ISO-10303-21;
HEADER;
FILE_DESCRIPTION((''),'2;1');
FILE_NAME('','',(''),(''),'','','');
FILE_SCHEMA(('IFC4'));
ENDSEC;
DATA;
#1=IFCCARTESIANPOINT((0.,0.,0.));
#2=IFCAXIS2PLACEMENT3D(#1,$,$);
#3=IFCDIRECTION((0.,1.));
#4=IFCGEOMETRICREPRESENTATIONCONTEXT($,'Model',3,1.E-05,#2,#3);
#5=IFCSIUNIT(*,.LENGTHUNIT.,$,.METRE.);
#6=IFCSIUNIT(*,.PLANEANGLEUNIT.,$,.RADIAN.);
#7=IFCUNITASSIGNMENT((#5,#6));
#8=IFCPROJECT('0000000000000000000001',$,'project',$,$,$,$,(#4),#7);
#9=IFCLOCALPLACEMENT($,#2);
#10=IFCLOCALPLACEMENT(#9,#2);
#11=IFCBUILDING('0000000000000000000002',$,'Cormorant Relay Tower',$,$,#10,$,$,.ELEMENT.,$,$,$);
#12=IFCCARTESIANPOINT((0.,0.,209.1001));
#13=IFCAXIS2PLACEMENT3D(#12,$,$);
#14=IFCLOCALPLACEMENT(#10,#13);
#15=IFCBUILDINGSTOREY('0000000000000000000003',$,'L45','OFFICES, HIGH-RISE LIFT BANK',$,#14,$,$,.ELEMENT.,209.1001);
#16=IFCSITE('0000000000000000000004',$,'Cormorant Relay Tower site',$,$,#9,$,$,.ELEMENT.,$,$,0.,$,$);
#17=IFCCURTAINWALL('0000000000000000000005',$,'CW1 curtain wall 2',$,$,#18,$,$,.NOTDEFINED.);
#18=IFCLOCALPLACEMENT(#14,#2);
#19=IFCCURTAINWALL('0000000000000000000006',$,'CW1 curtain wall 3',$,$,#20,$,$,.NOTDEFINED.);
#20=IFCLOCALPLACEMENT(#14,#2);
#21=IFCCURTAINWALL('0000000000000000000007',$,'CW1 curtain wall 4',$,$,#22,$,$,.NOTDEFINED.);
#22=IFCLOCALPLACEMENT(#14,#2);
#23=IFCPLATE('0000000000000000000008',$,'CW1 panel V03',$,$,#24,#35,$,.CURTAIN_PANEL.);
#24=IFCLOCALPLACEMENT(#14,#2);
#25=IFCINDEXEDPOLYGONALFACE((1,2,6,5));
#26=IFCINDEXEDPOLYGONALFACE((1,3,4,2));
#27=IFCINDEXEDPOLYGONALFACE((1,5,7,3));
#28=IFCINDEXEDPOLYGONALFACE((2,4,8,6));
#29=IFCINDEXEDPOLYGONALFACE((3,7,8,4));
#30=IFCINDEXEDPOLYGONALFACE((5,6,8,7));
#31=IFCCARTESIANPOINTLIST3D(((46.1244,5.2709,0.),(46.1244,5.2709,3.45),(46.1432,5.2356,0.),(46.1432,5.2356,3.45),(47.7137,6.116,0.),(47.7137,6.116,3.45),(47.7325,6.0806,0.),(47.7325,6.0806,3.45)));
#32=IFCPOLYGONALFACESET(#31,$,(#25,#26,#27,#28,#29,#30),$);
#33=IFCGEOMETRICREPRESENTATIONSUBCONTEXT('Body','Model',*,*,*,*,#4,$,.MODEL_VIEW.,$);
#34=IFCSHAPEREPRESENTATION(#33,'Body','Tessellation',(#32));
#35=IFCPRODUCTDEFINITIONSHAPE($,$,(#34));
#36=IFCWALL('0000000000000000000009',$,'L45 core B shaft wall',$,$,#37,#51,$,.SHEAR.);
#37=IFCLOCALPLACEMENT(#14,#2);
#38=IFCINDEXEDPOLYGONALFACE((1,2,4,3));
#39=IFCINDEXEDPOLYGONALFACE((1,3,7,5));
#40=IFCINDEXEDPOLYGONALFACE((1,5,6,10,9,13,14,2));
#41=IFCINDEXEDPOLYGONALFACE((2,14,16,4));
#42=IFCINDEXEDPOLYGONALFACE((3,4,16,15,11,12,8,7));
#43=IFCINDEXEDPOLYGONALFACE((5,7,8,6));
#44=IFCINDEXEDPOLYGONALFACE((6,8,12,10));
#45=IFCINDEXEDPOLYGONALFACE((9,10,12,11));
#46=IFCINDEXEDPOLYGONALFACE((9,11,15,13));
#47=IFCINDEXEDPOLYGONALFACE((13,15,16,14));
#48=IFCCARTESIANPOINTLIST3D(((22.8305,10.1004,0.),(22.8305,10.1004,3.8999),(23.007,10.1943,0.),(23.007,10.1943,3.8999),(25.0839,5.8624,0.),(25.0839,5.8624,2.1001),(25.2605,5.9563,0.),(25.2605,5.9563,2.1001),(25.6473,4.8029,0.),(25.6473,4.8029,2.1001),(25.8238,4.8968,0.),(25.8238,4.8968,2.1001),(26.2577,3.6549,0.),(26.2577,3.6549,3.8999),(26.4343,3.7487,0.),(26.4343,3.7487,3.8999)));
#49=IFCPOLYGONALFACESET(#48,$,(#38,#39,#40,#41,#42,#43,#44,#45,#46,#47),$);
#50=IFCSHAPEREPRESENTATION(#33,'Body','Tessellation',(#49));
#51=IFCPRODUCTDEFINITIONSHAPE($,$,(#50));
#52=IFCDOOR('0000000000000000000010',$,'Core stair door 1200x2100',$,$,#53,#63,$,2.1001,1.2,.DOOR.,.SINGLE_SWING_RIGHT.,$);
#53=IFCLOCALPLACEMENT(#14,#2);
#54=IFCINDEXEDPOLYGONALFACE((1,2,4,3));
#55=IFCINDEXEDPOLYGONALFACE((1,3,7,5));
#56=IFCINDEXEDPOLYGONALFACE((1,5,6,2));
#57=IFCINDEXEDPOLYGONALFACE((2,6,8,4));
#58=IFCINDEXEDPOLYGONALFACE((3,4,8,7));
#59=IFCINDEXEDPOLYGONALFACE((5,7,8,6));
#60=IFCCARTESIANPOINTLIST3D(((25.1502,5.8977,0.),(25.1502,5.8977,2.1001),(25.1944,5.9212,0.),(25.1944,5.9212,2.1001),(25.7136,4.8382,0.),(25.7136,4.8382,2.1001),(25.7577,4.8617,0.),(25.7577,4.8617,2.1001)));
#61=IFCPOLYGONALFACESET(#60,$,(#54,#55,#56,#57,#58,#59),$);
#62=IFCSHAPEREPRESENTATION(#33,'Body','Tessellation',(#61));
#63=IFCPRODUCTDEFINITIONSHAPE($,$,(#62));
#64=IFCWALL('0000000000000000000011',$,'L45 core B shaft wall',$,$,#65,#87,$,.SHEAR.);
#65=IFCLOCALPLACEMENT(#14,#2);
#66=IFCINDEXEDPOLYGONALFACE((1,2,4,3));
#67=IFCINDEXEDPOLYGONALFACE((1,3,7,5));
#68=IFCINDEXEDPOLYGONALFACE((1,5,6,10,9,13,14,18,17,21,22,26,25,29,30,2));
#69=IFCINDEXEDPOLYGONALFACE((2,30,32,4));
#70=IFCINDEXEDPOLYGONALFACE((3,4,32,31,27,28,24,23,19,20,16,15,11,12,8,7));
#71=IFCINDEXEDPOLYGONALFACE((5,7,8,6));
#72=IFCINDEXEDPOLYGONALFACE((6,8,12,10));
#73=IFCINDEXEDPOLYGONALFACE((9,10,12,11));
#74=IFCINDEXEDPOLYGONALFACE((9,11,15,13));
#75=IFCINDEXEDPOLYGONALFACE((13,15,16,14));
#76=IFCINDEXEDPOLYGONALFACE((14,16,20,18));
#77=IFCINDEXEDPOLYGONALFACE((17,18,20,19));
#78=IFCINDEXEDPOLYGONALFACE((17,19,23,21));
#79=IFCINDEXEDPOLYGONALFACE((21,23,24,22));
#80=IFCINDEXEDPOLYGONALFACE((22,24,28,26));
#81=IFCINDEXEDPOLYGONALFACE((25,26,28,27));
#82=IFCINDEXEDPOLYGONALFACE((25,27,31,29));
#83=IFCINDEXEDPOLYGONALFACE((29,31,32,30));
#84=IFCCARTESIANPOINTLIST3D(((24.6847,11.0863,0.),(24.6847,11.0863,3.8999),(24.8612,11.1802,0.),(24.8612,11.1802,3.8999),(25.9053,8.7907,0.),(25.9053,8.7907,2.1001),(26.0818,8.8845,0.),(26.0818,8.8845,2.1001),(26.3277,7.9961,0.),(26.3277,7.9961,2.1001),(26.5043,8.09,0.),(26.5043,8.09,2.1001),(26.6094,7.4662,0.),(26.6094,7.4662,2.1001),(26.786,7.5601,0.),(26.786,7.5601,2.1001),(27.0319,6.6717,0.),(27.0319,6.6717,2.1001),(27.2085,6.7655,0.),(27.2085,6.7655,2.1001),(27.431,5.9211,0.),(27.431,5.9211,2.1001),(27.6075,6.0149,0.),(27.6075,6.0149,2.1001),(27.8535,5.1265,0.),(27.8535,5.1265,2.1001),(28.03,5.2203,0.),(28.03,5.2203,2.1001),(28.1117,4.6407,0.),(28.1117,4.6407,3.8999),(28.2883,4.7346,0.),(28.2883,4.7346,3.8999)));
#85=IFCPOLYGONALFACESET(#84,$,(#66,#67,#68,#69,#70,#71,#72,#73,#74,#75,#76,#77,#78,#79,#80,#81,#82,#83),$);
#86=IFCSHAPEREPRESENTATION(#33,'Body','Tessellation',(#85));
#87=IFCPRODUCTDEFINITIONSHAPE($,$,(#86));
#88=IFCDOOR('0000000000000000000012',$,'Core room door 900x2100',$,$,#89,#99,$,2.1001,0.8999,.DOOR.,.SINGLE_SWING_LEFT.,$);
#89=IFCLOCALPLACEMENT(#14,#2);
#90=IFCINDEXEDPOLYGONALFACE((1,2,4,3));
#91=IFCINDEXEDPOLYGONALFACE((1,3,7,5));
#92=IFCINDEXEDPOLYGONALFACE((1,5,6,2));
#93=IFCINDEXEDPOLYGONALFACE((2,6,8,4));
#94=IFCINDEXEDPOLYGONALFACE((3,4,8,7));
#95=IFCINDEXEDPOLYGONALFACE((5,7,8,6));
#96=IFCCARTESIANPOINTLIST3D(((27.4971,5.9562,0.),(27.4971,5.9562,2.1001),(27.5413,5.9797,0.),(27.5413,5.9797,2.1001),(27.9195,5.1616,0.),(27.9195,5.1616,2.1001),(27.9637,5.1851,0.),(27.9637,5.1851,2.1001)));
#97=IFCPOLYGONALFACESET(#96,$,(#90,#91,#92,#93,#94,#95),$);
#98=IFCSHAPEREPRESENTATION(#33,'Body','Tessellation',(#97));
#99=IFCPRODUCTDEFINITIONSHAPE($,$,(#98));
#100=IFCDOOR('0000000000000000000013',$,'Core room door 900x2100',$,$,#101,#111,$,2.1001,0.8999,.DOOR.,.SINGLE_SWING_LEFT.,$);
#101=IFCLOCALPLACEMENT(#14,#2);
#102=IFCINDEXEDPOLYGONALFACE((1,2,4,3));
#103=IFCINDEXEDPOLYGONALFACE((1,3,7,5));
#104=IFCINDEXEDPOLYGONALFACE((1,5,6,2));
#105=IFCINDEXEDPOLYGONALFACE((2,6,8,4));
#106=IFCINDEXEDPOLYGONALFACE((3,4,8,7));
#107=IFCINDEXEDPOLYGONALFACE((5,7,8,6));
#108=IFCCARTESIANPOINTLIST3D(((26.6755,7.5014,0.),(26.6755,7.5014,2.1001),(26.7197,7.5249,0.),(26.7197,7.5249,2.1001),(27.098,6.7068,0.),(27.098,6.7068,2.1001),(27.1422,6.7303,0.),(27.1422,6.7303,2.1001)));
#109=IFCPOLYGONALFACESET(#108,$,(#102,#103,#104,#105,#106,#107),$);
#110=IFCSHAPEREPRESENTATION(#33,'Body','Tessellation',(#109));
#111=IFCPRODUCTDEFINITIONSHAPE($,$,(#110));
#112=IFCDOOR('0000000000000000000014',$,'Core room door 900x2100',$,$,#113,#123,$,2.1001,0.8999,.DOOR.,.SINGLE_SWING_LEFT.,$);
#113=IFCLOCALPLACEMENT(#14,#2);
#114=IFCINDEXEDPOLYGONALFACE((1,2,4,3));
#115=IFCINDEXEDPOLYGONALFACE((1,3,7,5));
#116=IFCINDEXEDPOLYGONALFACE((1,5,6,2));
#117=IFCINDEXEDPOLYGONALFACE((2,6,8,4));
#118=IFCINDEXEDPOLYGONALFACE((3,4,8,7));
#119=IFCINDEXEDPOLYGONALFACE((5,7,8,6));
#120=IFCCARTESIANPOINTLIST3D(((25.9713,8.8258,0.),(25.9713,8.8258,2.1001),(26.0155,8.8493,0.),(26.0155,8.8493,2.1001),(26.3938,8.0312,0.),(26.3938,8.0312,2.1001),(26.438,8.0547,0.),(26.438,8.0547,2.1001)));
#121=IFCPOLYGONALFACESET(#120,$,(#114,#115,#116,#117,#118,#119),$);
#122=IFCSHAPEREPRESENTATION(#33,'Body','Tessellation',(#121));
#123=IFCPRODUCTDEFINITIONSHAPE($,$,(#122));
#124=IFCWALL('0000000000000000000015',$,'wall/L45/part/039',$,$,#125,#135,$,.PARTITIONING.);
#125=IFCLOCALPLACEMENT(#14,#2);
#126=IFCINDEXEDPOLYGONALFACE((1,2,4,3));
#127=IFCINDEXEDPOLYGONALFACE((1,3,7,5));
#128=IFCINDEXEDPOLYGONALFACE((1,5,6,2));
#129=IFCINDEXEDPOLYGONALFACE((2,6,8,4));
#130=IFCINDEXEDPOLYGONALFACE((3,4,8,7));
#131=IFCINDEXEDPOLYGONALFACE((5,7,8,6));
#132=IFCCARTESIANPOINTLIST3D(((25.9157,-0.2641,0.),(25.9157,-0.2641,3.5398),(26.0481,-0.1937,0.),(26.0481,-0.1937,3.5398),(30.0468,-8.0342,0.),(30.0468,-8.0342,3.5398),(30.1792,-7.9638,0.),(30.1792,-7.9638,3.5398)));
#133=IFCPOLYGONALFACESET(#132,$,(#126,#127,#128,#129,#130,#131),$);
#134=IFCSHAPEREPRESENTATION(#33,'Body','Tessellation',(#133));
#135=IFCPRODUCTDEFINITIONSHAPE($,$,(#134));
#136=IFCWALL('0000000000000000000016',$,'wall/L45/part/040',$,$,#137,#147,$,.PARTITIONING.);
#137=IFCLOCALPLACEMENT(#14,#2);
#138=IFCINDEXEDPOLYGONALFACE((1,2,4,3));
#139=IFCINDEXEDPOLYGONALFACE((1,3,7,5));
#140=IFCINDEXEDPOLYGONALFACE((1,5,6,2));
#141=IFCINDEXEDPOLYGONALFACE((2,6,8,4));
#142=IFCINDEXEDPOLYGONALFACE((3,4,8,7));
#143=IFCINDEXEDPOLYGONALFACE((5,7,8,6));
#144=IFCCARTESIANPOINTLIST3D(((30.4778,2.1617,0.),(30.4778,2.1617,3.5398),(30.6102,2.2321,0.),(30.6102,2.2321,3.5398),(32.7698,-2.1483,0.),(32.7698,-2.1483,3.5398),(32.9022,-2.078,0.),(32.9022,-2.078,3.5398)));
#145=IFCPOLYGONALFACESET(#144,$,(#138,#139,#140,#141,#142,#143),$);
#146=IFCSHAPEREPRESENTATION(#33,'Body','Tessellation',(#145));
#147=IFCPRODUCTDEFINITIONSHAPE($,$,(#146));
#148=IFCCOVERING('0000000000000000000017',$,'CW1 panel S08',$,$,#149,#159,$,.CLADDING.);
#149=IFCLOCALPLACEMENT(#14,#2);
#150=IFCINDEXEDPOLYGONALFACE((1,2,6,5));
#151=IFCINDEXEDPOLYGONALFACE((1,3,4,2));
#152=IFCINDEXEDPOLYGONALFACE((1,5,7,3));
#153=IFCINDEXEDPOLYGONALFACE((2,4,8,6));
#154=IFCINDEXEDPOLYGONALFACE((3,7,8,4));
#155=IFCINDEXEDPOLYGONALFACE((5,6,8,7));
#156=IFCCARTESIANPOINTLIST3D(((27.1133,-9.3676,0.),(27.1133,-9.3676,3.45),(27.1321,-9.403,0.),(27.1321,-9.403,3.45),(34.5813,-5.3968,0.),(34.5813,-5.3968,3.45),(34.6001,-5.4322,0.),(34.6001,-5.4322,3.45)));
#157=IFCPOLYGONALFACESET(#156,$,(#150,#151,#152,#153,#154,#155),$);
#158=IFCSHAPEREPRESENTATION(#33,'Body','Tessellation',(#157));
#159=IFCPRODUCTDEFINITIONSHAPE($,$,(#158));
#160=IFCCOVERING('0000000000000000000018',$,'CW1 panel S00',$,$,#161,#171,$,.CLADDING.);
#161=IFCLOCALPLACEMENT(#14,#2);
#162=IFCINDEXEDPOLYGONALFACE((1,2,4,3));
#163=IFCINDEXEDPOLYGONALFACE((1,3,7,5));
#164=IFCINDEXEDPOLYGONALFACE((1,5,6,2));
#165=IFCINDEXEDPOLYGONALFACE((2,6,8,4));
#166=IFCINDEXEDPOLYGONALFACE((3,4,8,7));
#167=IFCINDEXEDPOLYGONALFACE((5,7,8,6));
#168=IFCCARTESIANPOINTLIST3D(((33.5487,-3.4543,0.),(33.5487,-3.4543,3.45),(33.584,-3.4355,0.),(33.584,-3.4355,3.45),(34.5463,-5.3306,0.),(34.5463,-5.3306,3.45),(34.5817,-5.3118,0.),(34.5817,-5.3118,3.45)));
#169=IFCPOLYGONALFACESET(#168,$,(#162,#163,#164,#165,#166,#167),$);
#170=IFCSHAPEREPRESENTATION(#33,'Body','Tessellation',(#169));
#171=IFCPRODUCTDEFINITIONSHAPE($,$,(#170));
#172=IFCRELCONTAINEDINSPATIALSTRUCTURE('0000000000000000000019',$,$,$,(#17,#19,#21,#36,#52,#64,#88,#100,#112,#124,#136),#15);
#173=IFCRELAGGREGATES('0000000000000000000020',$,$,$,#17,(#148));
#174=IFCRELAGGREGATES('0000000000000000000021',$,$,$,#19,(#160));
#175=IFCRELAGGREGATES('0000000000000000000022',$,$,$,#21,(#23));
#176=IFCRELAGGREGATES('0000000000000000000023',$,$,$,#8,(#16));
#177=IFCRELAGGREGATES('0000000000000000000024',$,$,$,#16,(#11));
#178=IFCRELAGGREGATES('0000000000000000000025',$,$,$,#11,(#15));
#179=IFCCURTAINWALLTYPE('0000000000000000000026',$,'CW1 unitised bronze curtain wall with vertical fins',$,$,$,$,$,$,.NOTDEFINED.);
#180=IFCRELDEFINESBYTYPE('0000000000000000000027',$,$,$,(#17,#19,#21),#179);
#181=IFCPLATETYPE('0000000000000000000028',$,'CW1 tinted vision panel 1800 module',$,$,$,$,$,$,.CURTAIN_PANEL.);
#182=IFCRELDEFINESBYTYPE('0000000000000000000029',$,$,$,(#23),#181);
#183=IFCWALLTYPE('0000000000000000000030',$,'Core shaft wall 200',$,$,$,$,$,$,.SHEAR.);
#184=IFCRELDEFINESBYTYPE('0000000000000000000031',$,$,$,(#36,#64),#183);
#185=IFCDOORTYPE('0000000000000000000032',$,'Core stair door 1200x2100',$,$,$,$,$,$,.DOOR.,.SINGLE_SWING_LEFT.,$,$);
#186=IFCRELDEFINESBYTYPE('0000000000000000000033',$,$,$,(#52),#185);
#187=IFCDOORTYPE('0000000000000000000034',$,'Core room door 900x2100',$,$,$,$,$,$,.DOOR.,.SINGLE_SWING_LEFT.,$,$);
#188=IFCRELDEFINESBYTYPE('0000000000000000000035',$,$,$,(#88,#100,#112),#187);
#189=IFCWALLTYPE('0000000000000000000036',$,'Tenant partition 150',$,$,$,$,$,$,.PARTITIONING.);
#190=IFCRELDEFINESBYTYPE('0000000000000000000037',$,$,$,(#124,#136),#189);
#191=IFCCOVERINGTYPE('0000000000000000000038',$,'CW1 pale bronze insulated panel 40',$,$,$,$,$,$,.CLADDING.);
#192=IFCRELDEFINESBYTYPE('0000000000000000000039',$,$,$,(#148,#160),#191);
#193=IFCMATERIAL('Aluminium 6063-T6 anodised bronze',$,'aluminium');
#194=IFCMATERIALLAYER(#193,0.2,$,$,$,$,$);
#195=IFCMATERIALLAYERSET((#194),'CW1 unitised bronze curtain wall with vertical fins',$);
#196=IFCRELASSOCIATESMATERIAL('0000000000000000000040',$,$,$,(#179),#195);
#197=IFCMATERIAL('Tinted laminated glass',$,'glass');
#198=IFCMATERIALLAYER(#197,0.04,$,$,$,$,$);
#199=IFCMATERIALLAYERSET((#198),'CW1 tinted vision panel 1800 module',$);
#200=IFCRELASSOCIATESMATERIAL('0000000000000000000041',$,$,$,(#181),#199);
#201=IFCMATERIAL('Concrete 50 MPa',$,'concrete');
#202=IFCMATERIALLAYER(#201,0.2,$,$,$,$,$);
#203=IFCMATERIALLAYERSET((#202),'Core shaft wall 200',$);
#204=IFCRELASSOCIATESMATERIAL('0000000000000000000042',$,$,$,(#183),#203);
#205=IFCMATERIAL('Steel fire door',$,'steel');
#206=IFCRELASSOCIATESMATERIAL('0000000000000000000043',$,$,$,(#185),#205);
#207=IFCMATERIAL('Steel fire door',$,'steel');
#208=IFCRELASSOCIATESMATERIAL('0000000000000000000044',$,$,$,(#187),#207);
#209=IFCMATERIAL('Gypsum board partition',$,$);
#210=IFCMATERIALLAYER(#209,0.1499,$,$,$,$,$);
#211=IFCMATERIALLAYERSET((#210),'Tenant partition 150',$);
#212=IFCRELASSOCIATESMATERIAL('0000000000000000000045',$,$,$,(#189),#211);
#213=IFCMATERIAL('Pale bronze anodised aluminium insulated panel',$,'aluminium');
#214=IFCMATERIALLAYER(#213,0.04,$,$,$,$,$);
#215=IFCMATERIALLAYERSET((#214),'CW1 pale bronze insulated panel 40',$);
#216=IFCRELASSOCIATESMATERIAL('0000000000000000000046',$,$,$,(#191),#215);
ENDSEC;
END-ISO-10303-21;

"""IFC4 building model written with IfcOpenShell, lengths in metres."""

from ifc_helpers import new_model, si_unit, direction, frame, frame_2d, origin, origin_2d, place, context, subcontext, project, spatial, rectangle, extrude, material, layer, layer_set, type_object, element, fill, aggregate, save


model = new_model("IFC4")

# Units and contexts
model_context = context("Model", 3, precision=1e-05, world=origin(), true_north=direction((0.0, 1.0)))
body_context = subcontext(model_context, "Body", "Model", "MODEL_VIEW")
ifc_project = project(units=[si_unit("LENGTHUNIT", "METRE"), si_unit("PLANEANGLEUNIT", "RADIAN")], contexts=[model_context])

# Site, building, storey
site_placement = place(None, origin())
site = spatial("IfcSite", under=ifc_project, at=site_placement, Name="Cormorant Relay Tower site", CompositionType="ELEMENT", RefElevation=0.0)
building_placement = place(site_placement, origin())
building = spatial("IfcBuilding", under=site, at=building_placement, Name="Cormorant Relay Tower", CompositionType="ELEMENT")
storey_placement = place(building_placement, frame((0.0, 0.0, 209.1001)))
storey = spatial("IfcBuildingStorey", under=building, at=storey_placement, Name="L45", Description="OFFICES, HIGH-RISE LIFT BANK", CompositionType="ELEMENT", Elevation=209.1001)

# Curtain walls
ifc_material_1 = material(Name="Aluminium 6063-T6 anodised bronze", Category="aluminium")
ifc_layer_1 = layer(ifc_material_1, 0.2)
ifc_layer_set_1 = layer_set([ifc_layer_1], Name="CW1 unitised bronze curtain wall with vertical fins")
curtain_wall_type = type_object("IfcCurtainWallType", Name="CW1 unitised bronze curtain wall with vertical fins", PredefinedType="NOTDEFINED", material=ifc_layer_set_1)
curtain_wall_1_placement = place(storey_placement, origin())
curtain_wall_1 = element("IfcCurtainWall", 1, at=curtain_wall_1_placement, inside=storey, type_object=curtain_wall_type, Name="CW1 curtain wall 2", PredefinedType="NOTDEFINED")
curtain_wall_2_placement = place(storey_placement, origin())
curtain_wall_2 = element("IfcCurtainWall", 2, at=curtain_wall_2_placement, inside=storey, type_object=curtain_wall_type, Name="CW1 curtain wall 3", PredefinedType="NOTDEFINED")

# Curtain wall
curtain_wall_3_placement = place(storey_placement, origin())
curtain_wall_3 = element("IfcCurtainWall", 3, at=curtain_wall_3_placement, inside=storey, type_object=curtain_wall_type, Name="CW1 curtain wall 4", PredefinedType="NOTDEFINED")

# Plate
ifc_material_2 = material(Name="Tinted laminated glass", Category="glass")
ifc_layer_2 = layer(ifc_material_2, 0.04)
ifc_layer_set_2 = layer_set([ifc_layer_2], Name="CW1 tinted vision panel 1800 module")
plate_type = type_object("IfcPlateType", Name="CW1 tinted vision panel 1800 module", PredefinedType="CURTAIN_PANEL", material=ifc_layer_set_2)
plate_1_placement = place(storey_placement, frame((46.9285, 5.6758, 0.0), z_axis=(0.0, 0.0, 1.0), x_axis=(0.882948, 0.469472, 0.0)))
plate_1 = element("IfcPlate", 4, at=plate_1_placement, type_object=plate_type, Name="CW1 panel V03", PredefinedType="CURTAIN_PANEL", context=body_context, shape_type="SweptSolid", body=[
    extrude(rectangle(XDim=1.8, YDim=0.04, at=origin_2d()), origin(), (0.0, 0.0, 1.0), 3.45),
])

# Wall, opening, door
ifc_material_3 = material(Name="Concrete 50 MPa", Category="concrete")
ifc_layer_3 = layer(ifc_material_3, 0.2)
ifc_layer_set_3 = layer_set([ifc_layer_3], Name="Core shaft wall 200")
wall_type_1 = type_object("IfcWallType", Name="Core shaft wall 200", PredefinedType="SHEAR", material=ifc_layer_set_3)
wall_1_placement = place(storey_placement, frame((26.3459, 3.7019, 0.0), z_axis=(0.0, 0.0, 1.0), x_axis=(-0.46948, 0.882943, 0.0)))
wall_1 = element("IfcWall", 5, at=wall_1_placement, inside=storey, type_object=wall_type_1, Name="L45 core B shaft wall", PredefinedType="SHEAR", context=body_context, shape_type="SweptSolid", body=[
    extrude(rectangle(XDim=7.3, YDim=0.2, at=frame_2d((3.6499, 0.0))), origin(), (0.0, 0.0, 1.0), 3.8999),
])
opening_1_placement = place(wall_1_placement, frame((1.3, 0.0, 0.0)))
opening_1 = element("IfcOpeningElement", 6, at=opening_1_placement, cuts=wall_1, PredefinedType="OPENING", context=body_context, shape_type="SweptSolid", body=[
    extrude(rectangle(XDim=1.2, YDim=2.1001, at=frame_2d((0.6001, 1.05))), frame((0.0, 0.1099, 0.0), z_axis=(0.0, -1.0, 0.0), x_axis=(1.0, 0.0, 0.0)), (0.0, 0.0, 1.0), 0.22),
])
ifc_material_4 = material(Name="Steel fire door", Category="steel")
door_type_1 = type_object("IfcDoorType", Name="Core stair door 1200x2100", OperationType="SINGLE_SWING_LEFT", PredefinedType="DOOR", material=ifc_material_4)
door_1_placement = place(opening_1_placement, origin())
door_1 = element("IfcDoor", 7, at=door_1_placement, inside=storey, type_object=door_type_1, Name="Core stair door 1200x2100", OperationType="SINGLE_SWING_RIGHT", OverallHeight=2.1001, OverallWidth=1.2, PredefinedType="DOOR", context=body_context, shape_type="SweptSolid", body=[
    extrude(rectangle(XDim=1.2, YDim=2.1001, at=frame_2d((0.6001, 1.05))), frame((0.0, 0.0249, 0.0), z_axis=(0.0, -1.0, 0.0), x_axis=(1.0, 0.0, 0.0)), (0.0, 0.0, 1.0), 0.05),
])
fill(opening_1, door_1)

# Wall, openings, doors
wall_2_placement = place(storey_placement, frame((28.2, 4.6877, 0.0), z_axis=(0.0, 0.0, 1.0), x_axis=(-0.469454, 0.882957, 0.0)))
wall_2 = element("IfcWall", 8, at=wall_2_placement, inside=storey, type_object=wall_type_1, Name="L45 core B shaft wall", PredefinedType="SHEAR", context=body_context, shape_type="SweptSolid", body=[
    extrude(rectangle(XDim=7.3, YDim=0.2, at=frame_2d((3.6499, 0.0))), origin(), (0.0, 0.0, 1.0), 3.8999),
])
opening_2_placement = place(wall_2_placement, frame((0.55, 0.0, 0.0)))
opening_2 = element("IfcOpeningElement", 9, at=opening_2_placement, cuts=wall_2, PredefinedType="OPENING", context=body_context, shape_type="SweptSolid", body=[
    extrude(rectangle(XDim=0.8999, YDim=2.1001, at=frame_2d((0.45, 1.05))), frame((0.0, 0.1099, 0.0), z_axis=(0.0, -1.0, 0.0), x_axis=(1.0, 0.0, 0.0)), (0.0, 0.0, 1.0), 0.22),
])
opening_3_placement = place(wall_2_placement, frame((2.3, 0.0, 0.0)))
opening_3 = element("IfcOpeningElement", 10, at=opening_3_placement, cuts=wall_2, PredefinedType="OPENING", context=body_context, shape_type="SweptSolid", body=[
    extrude(rectangle(XDim=0.8999, YDim=2.1001, at=frame_2d((0.45, 1.05))), frame((0.0, 0.1099, 0.0), z_axis=(0.0, -1.0, 0.0), x_axis=(1.0, 0.0, 0.0)), (0.0, 0.0, 1.0), 0.22),
])
opening_4_placement = place(wall_2_placement, frame((3.8, 0.0, 0.0)))
opening_4 = element("IfcOpeningElement", 11, at=opening_4_placement, cuts=wall_2, PredefinedType="OPENING", context=body_context, shape_type="SweptSolid", body=[
    extrude(rectangle(XDim=0.8999, YDim=2.1001, at=frame_2d((0.45, 1.05))), frame((0.0, 0.1099, 0.0), z_axis=(0.0, -1.0, 0.0), x_axis=(1.0, 0.0, 0.0)), (0.0, 0.0, 1.0), 0.22),
])
ifc_material_5 = material(Name="Steel fire door", Category="steel")
door_type_2 = type_object("IfcDoorType", Name="Core room door 900x2100", OperationType="SINGLE_SWING_LEFT", PredefinedType="DOOR", material=ifc_material_5)
door_2_placement = place(opening_2_placement, frame((0.8999, 0.0, 0.0), z_axis=(0.0, 0.0, 1.0), x_axis=(-1.0, 0.0, 0.0)))
door_2 = element("IfcDoor", 12, at=door_2_placement, inside=storey, type_object=door_type_2, Name="Core room door 900x2100", OperationType="SINGLE_SWING_LEFT", OverallHeight=2.1001, OverallWidth=0.8999, PredefinedType="DOOR", context=body_context, shape_type="SweptSolid", body=[
    extrude(rectangle(XDim=0.8999, YDim=2.1001, at=frame_2d((0.45, 1.05))), frame((0.0, 0.0249, 0.0), z_axis=(0.0, -1.0, 0.0), x_axis=(1.0, 0.0, 0.0)), (0.0, 0.0, 1.0), 0.05),
])
fill(opening_2, door_2)
door_3_placement = place(opening_3_placement, frame((0.8999, 0.0, 0.0), z_axis=(0.0, 0.0, 1.0), x_axis=(-1.0, 0.0, 0.0)))
door_3 = element("IfcDoor", 13, at=door_3_placement, inside=storey, type_object=door_type_2, Name="Core room door 900x2100", OperationType="SINGLE_SWING_LEFT", OverallHeight=2.1001, OverallWidth=0.8999, PredefinedType="DOOR", context=body_context, shape_type="SweptSolid", body=[
    extrude(rectangle(XDim=0.8999, YDim=2.1001, at=frame_2d((0.45, 1.05))), frame((0.0, 0.0249, 0.0), z_axis=(0.0, -1.0, 0.0), x_axis=(1.0, 0.0, 0.0)), (0.0, 0.0, 1.0), 0.05),
])
fill(opening_3, door_3)
door_4_placement = place(opening_4_placement, frame((0.8999, 0.0, 0.0), z_axis=(0.0, 0.0, 1.0), x_axis=(-1.0, 0.0, 0.0)))
door_4 = element("IfcDoor", 14, at=door_4_placement, inside=storey, type_object=door_type_2, Name="Core room door 900x2100", OperationType="SINGLE_SWING_LEFT", OverallHeight=2.1001, OverallWidth=0.8999, PredefinedType="DOOR", context=body_context, shape_type="SweptSolid", body=[
    extrude(rectangle(XDim=0.8999, YDim=2.1001, at=frame_2d((0.45, 1.05))), frame((0.0, 0.0249, 0.0), z_axis=(0.0, -1.0, 0.0), x_axis=(1.0, 0.0, 0.0)), (0.0, 0.0, 1.0), 0.05),
])
fill(opening_4, door_4)

# Walls
ifc_material_6 = material(Name="Gypsum board partition")
ifc_layer_4 = layer(ifc_material_6, 0.1499)
ifc_layer_set_4 = layer_set([ifc_layer_4], Name="Tenant partition 150")
wall_type_2 = type_object("IfcWallType", Name="Tenant partition 150", PredefinedType="PARTITIONING", material=ifc_layer_set_4)
wall_3_placement = place(storey_placement, frame((25.9819, -0.229, 0.0), z_axis=(0.0, 0.0, 1.0), x_axis=(0.469446, -0.882961, 0.0)))
element("IfcWall", 15, at=wall_3_placement, inside=storey, type_object=wall_type_2, Name="wall/L45/part/039", PredefinedType="PARTITIONING", context=body_context, shape_type="SweptSolid", body=[
    extrude(rectangle(XDim=8.8, YDim=0.1499, at=frame_2d((4.3999, 0.0))), origin(), (0.0, 0.0, 1.0), 3.5398),
])
wall_4_placement = place(storey_placement, frame((30.5439, 2.197, 0.0), z_axis=(0.0, 0.0, 1.0), x_axis=(0.469518, -0.882923, 0.0)))
element("IfcWall", 16, at=wall_4_placement, inside=storey, type_object=wall_type_2, Name="wall/L45/part/040", PredefinedType="PARTITIONING", context=body_context, shape_type="SweptSolid", body=[
    extrude(rectangle(XDim=4.8816, YDim=0.1499, at=frame_2d((2.4409, 0.0))), origin(), (0.0, 0.0, 1.0), 3.5398),
])

# Coverings
ifc_material_7 = material(Name="Pale bronze anodised aluminium insulated panel", Category="aluminium")
ifc_layer_5 = layer(ifc_material_7, 0.04)
ifc_layer_set_5 = layer_set([ifc_layer_5], Name="CW1 pale bronze insulated panel 40")
covering_type = type_object("IfcCoveringType", Name="CW1 pale bronze insulated panel 40", PredefinedType="CLADDING", material=ifc_layer_set_5)
covering_1_placement = place(storey_placement, frame((30.8567, -7.3999, 0.0), z_axis=(0.0, 0.0, 1.0), x_axis=(0.882948, 0.469472, 0.0)))
covering_1 = element("IfcCovering", 17, at=covering_1_placement, type_object=covering_type, Name="CW1 panel S08", PredefinedType="CLADDING", context=body_context, shape_type="SweptSolid", body=[
    extrude(rectangle(XDim=8.458, YDim=0.04, at=origin_2d()), origin(), (0.0, 0.0, 1.0), 3.45),
])
aggregate(curtain_wall_1, [covering_1])
covering_2_placement = place(storey_placement, frame((34.0652, -4.3831, 0.0), z_axis=(0.0, 0.0, 1.0), x_axis=(-0.469472, 0.882948, 0.0)))
covering_2 = element("IfcCovering", 18, at=covering_2_placement, type_object=covering_type, Name="CW1 panel S00", PredefinedType="CLADDING", context=body_context, shape_type="SweptSolid", body=[
    extrude(rectangle(XDim=2.125, YDim=0.04, at=origin_2d()), origin(), (0.0, 0.0, 1.0), 3.45),
])
aggregate(curtain_wall_2, [covering_2])
aggregate(curtain_wall_3, [plate_1])

save(model, "model.ifc")
